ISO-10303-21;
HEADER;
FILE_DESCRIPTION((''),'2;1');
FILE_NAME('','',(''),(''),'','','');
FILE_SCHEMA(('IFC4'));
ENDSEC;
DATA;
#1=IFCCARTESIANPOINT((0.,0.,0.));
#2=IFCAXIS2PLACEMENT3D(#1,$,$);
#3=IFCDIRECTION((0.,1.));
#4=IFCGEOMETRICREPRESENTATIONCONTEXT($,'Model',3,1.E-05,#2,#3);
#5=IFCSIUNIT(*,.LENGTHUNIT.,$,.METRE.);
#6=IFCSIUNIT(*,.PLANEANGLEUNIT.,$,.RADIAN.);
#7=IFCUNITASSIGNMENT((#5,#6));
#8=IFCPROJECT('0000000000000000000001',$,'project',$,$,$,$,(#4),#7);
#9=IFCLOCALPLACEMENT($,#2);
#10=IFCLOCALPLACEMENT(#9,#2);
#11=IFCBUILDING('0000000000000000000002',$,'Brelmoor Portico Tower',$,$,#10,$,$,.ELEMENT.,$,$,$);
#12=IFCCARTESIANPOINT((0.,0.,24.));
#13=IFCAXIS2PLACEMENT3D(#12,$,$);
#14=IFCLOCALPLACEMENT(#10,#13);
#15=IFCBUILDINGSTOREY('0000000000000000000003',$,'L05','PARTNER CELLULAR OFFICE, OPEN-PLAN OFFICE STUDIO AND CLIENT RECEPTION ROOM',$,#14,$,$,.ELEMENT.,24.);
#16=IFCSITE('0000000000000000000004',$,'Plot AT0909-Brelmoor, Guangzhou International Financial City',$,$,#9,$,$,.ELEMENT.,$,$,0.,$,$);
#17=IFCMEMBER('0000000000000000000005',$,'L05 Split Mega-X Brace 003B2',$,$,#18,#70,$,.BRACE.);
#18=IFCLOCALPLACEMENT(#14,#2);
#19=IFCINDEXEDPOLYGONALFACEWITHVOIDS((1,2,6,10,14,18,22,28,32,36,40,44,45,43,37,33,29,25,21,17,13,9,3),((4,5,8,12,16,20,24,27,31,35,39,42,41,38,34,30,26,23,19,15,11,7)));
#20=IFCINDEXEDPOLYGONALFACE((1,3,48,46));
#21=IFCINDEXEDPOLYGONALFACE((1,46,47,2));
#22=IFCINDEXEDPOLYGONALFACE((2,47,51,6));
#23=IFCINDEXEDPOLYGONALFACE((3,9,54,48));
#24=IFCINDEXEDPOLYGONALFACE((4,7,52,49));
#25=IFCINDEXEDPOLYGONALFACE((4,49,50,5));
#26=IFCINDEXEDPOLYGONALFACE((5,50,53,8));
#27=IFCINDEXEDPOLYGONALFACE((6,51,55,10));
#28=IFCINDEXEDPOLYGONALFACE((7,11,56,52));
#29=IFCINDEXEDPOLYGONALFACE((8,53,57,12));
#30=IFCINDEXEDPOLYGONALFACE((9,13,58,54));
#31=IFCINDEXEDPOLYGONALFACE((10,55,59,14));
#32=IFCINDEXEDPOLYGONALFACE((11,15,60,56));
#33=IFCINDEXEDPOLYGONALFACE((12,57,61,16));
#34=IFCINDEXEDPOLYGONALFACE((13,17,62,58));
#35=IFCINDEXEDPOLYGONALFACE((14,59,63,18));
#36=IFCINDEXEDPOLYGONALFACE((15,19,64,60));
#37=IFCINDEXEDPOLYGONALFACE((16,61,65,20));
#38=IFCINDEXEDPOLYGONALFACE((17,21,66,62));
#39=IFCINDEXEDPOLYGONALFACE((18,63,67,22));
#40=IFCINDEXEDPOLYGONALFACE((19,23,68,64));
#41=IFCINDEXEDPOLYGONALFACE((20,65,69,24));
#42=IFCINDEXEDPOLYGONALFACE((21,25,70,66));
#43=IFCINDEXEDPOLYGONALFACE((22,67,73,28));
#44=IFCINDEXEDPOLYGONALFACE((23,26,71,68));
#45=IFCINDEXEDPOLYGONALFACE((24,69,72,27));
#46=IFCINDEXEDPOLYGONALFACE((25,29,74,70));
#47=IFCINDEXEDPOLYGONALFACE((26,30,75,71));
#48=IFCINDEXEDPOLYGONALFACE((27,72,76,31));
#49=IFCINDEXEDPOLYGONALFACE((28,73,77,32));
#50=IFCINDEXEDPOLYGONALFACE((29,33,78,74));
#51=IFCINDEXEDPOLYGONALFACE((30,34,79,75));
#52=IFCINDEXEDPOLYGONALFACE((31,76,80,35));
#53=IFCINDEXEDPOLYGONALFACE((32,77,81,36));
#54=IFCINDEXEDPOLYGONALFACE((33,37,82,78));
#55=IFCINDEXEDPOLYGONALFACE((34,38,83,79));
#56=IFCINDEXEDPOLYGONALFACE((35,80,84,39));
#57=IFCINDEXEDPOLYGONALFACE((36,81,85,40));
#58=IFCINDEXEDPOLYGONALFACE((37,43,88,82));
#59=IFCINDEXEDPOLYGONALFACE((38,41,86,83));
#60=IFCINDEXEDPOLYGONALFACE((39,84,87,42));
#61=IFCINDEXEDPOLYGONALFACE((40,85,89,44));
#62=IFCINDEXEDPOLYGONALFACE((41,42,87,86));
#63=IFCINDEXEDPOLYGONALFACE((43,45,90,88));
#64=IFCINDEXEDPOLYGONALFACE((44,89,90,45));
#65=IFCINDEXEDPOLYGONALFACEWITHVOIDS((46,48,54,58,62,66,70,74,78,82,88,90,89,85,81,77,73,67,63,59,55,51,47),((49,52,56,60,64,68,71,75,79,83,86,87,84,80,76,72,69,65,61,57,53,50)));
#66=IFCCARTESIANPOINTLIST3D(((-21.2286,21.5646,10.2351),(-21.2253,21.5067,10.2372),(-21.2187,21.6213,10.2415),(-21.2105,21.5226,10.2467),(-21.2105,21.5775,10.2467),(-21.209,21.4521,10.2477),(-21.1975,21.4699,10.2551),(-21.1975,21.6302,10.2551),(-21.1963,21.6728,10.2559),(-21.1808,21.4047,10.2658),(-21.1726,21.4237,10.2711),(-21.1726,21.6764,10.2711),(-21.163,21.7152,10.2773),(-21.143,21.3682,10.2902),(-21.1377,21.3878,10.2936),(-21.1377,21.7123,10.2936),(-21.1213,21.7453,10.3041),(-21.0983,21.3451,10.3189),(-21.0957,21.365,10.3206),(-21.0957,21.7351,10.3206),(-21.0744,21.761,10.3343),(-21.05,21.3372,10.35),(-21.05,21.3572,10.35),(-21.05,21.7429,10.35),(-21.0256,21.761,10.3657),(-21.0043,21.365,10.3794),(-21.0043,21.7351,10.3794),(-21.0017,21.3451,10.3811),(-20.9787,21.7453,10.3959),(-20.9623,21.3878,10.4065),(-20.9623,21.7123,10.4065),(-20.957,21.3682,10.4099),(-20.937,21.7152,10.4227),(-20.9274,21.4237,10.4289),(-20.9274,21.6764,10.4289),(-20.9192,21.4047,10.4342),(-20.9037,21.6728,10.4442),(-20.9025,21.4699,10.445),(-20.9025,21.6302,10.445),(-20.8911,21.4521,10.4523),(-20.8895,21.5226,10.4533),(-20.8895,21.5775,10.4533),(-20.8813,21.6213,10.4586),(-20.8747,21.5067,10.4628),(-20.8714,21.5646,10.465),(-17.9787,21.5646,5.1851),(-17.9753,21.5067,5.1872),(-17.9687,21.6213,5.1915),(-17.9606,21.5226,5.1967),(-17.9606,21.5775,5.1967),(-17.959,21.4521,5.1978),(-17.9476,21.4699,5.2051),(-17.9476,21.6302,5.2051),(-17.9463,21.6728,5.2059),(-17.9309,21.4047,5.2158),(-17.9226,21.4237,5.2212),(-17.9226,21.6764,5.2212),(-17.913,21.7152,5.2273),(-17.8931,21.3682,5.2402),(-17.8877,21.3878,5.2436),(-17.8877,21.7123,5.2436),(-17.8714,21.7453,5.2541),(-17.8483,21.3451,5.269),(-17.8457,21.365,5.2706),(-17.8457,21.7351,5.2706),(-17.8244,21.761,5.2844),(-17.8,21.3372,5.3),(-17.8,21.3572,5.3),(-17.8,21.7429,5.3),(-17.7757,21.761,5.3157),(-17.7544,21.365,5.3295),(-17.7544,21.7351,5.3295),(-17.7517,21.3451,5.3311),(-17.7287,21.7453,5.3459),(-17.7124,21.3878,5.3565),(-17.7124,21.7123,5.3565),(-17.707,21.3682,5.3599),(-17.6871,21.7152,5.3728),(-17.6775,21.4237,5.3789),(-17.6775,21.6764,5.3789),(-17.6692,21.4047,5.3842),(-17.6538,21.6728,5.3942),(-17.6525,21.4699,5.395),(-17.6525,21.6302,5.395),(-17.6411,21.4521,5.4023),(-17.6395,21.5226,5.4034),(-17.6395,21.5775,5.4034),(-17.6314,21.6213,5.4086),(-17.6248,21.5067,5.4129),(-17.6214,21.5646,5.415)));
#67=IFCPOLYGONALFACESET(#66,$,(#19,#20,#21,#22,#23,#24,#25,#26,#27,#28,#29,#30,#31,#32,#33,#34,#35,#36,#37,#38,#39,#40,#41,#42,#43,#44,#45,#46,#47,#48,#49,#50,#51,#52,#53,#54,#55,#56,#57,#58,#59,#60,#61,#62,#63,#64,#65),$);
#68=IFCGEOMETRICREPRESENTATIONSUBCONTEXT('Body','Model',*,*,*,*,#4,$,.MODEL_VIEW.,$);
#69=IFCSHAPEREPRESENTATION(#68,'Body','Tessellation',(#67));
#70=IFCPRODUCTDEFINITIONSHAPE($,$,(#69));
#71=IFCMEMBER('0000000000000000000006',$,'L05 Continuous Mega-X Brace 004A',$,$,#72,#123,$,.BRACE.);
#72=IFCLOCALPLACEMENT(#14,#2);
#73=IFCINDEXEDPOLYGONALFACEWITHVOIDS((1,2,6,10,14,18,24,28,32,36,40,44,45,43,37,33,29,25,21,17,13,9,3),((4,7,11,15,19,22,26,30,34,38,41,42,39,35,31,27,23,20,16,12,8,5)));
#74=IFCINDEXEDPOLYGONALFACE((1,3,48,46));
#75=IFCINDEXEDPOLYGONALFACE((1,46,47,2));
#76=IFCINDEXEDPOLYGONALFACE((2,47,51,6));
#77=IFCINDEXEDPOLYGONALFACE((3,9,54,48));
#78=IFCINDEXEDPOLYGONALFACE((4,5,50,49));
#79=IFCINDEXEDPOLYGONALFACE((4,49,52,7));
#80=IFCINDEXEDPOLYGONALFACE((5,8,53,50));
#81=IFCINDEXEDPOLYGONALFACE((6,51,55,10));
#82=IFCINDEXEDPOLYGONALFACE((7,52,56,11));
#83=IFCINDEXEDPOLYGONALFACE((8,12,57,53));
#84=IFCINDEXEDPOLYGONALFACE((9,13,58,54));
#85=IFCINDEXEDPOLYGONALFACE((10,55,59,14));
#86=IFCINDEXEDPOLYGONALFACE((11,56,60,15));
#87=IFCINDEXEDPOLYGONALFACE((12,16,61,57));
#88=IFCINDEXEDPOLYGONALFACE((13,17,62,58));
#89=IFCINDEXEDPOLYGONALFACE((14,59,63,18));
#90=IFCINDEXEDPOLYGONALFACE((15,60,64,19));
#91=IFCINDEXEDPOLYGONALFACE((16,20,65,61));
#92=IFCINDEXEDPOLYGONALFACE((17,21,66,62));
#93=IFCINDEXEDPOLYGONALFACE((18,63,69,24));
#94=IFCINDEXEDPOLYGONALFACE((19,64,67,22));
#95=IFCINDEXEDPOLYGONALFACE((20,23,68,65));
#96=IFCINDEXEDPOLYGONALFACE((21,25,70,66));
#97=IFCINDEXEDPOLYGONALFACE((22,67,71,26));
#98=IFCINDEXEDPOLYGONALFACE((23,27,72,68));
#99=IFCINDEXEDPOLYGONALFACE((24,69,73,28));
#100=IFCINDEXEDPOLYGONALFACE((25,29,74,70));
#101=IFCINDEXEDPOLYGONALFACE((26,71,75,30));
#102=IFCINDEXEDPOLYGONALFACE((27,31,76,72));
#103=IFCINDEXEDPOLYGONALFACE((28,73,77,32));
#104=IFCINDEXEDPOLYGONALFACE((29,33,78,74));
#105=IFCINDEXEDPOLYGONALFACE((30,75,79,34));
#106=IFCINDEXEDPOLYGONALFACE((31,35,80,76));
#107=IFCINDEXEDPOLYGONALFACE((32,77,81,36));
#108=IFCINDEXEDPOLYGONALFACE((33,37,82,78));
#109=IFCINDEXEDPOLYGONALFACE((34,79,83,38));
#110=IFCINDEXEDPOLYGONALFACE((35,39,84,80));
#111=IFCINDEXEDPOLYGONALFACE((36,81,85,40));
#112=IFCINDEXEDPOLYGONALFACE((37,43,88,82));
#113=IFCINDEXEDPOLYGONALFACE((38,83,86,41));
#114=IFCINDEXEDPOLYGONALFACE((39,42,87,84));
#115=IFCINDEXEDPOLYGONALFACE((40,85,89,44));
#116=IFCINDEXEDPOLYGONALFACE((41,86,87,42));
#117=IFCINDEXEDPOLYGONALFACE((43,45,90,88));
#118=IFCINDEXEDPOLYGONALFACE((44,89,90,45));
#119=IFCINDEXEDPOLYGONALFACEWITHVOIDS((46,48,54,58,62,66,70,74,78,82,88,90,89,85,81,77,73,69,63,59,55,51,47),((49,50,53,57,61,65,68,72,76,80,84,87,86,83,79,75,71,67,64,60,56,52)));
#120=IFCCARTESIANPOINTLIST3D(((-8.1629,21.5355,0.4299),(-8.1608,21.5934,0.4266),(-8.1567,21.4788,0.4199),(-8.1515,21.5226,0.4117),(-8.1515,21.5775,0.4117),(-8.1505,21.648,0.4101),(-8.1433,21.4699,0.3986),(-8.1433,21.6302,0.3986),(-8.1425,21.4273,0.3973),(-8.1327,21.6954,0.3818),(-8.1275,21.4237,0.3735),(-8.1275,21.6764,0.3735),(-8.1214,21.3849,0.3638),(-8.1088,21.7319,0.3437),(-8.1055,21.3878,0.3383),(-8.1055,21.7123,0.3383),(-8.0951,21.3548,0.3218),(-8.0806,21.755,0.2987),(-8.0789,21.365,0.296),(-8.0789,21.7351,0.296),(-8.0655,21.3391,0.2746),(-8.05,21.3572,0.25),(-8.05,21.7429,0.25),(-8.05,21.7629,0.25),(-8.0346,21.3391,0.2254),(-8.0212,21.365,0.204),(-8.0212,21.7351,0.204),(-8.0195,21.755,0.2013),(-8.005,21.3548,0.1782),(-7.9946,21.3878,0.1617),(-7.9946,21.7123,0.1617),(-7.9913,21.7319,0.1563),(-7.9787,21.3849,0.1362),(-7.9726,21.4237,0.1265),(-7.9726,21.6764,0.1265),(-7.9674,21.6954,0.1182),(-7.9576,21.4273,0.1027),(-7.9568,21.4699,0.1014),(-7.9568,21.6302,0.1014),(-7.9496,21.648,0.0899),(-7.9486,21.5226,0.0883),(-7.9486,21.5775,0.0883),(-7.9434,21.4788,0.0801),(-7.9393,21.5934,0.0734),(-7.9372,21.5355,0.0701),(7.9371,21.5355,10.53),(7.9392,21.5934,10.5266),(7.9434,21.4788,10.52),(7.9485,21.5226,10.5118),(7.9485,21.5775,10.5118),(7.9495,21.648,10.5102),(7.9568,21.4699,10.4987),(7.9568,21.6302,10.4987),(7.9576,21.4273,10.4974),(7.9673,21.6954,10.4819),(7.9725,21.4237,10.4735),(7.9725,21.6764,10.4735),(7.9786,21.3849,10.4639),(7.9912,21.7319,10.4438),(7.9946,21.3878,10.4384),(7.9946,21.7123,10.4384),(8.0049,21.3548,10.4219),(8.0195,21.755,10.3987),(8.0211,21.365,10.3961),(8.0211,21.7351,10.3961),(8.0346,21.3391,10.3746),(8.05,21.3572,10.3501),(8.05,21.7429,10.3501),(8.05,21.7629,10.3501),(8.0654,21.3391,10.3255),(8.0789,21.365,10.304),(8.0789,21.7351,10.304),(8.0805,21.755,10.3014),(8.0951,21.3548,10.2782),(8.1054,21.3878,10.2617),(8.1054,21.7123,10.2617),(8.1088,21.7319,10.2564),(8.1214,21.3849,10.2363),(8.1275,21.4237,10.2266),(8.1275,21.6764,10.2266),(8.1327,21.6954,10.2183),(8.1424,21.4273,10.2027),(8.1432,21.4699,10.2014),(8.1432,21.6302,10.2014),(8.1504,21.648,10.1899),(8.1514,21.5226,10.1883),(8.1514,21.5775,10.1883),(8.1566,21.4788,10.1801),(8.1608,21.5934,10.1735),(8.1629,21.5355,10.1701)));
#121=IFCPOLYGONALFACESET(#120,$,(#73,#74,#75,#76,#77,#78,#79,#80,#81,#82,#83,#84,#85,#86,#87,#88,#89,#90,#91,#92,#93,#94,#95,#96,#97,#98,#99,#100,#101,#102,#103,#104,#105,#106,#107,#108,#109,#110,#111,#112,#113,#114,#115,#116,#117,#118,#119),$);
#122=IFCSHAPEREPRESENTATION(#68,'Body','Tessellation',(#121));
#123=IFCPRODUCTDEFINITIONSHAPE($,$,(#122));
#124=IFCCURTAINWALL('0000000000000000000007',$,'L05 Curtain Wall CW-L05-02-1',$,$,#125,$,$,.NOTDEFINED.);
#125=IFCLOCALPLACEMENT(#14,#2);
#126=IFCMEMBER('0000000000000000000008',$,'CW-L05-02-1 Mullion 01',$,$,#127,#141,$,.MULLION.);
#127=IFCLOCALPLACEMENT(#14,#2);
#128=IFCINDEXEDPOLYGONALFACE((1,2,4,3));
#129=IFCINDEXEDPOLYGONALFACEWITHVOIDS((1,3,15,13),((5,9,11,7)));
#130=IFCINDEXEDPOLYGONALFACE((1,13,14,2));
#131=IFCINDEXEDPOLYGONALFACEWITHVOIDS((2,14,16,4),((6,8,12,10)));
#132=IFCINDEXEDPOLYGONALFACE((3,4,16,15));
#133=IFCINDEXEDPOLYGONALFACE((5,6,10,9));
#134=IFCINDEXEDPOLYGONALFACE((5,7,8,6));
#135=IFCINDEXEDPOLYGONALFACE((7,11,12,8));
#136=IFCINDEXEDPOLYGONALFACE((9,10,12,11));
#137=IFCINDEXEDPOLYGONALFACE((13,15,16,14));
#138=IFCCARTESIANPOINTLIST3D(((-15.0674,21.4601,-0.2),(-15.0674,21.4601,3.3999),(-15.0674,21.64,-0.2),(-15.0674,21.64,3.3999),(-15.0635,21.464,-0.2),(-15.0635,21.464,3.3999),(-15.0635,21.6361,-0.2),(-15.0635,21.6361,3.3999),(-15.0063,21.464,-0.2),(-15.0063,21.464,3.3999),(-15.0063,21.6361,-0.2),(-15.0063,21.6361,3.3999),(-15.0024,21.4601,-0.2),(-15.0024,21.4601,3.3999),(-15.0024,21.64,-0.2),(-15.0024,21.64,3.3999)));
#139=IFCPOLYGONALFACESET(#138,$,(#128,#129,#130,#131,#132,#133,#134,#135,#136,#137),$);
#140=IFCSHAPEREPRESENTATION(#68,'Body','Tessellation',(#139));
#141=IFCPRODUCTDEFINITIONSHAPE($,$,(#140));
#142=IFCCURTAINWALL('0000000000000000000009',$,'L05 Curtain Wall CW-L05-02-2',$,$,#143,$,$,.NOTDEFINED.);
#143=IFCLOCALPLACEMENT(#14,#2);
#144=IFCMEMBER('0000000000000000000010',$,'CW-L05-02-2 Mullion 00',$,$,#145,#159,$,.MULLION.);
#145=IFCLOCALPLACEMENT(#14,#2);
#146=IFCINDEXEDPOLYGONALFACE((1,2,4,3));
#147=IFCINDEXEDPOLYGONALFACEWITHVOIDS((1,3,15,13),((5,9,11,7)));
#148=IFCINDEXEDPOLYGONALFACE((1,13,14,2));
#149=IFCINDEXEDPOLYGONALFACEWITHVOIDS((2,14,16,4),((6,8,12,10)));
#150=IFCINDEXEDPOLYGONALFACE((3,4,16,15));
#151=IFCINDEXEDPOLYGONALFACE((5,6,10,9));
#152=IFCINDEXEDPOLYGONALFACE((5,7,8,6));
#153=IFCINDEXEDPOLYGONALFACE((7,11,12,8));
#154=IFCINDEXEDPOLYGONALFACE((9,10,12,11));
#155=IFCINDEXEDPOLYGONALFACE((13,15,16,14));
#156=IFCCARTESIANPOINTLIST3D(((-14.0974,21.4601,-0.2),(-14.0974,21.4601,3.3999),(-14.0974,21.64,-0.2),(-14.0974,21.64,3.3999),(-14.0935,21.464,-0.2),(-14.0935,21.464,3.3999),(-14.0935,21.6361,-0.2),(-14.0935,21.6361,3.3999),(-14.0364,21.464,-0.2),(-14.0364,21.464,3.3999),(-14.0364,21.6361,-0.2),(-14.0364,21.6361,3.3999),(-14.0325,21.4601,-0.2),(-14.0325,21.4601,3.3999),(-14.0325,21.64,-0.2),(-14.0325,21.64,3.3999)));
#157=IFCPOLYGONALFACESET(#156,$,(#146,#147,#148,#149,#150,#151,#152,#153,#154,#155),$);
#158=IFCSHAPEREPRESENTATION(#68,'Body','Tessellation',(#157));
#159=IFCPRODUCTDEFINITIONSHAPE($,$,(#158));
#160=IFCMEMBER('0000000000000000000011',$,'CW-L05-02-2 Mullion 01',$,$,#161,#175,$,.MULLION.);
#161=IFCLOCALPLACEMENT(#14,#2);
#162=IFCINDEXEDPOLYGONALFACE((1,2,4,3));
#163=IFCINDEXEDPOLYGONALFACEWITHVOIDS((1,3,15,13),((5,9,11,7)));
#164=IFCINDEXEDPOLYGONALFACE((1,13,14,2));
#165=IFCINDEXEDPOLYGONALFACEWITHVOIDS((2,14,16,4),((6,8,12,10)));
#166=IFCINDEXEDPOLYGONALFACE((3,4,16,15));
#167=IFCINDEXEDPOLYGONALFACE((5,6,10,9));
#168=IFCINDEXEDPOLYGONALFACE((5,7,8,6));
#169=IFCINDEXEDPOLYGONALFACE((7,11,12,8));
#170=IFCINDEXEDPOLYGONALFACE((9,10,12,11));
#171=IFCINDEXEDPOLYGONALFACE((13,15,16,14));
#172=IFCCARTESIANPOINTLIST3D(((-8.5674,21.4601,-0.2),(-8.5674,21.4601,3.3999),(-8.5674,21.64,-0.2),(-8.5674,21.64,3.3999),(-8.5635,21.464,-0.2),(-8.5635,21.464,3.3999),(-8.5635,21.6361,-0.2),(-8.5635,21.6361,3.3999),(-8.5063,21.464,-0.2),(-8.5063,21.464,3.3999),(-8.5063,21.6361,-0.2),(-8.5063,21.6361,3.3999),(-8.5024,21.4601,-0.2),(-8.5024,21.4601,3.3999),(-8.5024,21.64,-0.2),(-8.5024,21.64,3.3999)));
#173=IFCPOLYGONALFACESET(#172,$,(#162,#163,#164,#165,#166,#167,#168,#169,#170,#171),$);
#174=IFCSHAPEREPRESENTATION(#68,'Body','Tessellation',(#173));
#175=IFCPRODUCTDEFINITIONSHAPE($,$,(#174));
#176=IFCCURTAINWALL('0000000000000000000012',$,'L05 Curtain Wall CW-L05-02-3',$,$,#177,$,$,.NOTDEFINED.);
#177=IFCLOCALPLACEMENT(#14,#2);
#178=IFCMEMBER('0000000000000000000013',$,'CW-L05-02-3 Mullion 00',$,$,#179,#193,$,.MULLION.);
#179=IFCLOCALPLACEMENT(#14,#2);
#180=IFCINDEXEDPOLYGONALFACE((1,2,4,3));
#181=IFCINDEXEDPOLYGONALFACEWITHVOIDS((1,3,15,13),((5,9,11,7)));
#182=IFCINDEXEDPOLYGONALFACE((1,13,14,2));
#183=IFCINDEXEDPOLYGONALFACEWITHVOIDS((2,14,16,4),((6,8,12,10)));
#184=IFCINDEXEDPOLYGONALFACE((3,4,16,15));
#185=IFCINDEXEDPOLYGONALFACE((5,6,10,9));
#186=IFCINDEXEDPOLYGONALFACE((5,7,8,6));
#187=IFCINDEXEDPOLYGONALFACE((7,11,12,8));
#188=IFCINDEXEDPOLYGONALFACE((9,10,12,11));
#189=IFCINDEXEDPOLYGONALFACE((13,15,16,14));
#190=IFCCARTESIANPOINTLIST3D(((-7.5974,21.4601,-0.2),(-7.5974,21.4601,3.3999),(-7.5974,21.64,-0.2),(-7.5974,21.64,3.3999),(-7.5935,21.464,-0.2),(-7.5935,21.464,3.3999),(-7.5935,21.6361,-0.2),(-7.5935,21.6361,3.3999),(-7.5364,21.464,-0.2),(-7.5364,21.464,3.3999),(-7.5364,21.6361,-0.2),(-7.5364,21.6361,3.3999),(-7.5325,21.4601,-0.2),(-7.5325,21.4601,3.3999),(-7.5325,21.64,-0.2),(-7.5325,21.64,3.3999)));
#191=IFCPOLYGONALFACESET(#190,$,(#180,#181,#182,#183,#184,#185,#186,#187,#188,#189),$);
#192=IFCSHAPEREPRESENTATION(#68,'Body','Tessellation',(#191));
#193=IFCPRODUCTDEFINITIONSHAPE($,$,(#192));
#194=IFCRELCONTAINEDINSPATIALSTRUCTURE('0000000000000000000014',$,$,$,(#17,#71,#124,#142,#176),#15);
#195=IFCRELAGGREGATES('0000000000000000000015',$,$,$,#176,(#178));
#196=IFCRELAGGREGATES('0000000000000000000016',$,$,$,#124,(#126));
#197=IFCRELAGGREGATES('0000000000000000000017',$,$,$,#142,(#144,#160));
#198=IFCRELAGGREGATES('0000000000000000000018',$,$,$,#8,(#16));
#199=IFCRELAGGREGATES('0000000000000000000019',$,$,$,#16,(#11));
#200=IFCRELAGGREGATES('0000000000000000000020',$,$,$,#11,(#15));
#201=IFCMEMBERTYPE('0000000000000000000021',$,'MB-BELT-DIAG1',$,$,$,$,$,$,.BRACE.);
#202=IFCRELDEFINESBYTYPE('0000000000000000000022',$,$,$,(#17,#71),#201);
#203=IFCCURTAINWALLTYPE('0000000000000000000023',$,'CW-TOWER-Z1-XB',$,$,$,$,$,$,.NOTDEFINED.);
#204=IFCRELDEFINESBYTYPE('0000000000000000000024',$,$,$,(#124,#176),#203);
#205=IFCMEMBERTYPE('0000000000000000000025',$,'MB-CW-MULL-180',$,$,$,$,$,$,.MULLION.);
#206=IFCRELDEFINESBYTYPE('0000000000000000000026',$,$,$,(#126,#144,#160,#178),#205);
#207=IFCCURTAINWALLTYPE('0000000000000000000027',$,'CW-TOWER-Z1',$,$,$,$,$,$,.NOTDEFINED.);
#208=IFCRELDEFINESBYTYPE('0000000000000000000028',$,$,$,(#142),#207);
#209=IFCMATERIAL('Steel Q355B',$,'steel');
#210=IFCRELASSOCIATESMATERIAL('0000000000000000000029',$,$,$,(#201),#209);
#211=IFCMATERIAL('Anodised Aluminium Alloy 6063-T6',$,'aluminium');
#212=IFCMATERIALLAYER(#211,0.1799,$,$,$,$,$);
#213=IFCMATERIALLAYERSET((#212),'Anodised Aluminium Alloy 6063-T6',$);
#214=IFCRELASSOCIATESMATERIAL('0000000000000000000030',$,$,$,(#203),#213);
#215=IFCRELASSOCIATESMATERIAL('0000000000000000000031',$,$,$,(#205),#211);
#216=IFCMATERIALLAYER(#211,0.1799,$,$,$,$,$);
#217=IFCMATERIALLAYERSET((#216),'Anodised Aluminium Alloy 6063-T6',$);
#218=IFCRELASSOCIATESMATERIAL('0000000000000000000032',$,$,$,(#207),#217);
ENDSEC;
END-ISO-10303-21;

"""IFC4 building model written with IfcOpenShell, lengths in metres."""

from ifc_helpers import new_model, si_unit, direction, frame, origin, origin_2d, place, context, subcontext, project, spatial, hollow_rectangle, hollow_circle, extrude, material, layer, layer_set, material_profile, profile_set, type_object, element, aggregate, save


model = new_model("IFC4")

# Units and contexts
model_context = context("Model", 3, precision=1e-05, world=origin(), true_north=direction((0.0, 1.0)))
body_context = subcontext(model_context, "Body", "Model", "MODEL_VIEW")
ifc_project = project(units=[si_unit("LENGTHUNIT", "METRE"), si_unit("PLANEANGLEUNIT", "RADIAN")], contexts=[model_context])

# Site, building, storey
site_placement = place(None, origin())
site = spatial("IfcSite", under=ifc_project, at=site_placement, Name="Plot AT0909-Brelmoor, Guangzhou International Financial City", CompositionType="ELEMENT", RefElevation=0.0)
building_placement = place(site_placement, origin())
building = spatial("IfcBuilding", under=site, at=building_placement, Name="Brelmoor Portico Tower", CompositionType="ELEMENT")
storey_placement = place(building_placement, frame((0.0, 0.0, 24.0)))
storey = spatial("IfcBuildingStorey", under=building, at=storey_placement, Name="L05", Description="PARTNER CELLULAR OFFICE, OPEN-PLAN OFFICE STUDIO AND CLIENT RECEPTION ROOM", CompositionType="ELEMENT", Elevation=24.0)

# Shared definitions
ifc_material_1 = material(Name="Steel Q355B", Category="steel")

# Members
ifc_material_profile_1 = material_profile(ifc_material_1, hollow_circle(Radius=0.2129, WallThickness=0.02, at=origin_2d()), Name="CHS 426x20")
ifc_profile_set_1 = profile_set([ifc_material_profile_1], Name="Steel Q355B")
member_type_1 = type_object("IfcMemberType", Name="MB-BELT-DIAG1", PredefinedType="BRACE", material=ifc_profile_set_1)
for number, where, z_axis, x_axis, name in (
    (1, (-17.8, 21.55, 5.3), (-0.541175, 0.0, 0.84091), (0.0, -1.0, 0.0), "L05 Split Mega-X Brace 003B2"),
):
    element("IfcMember", number, at=place(storey_placement, frame(where, z_axis=z_axis, x_axis=x_axis)), inside=storey, type_object=member_type_1, Name=name, PredefinedType="BRACE", context=body_context, shape_type="SweptSolid", body=[
        extrude(hollow_circle(Radius=0.2129, WallThickness=0.02, at=origin_2d()), origin(), (0.0, 0.0, 1.0), 6.0054),
    ])
member_1_placement = place(storey_placement, frame((-8.05, 21.55, 0.25), z_axis=(0.847109, 0.0, 0.531418), x_axis=(0.0, 1.0, 0.0)))
element("IfcMember", 2, at=member_1_placement, inside=storey, type_object=member_type_1, Name="L05 Continuous Mega-X Brace 004A", PredefinedType="BRACE", context=body_context, shape_type="SweptSolid", body=[
    extrude(hollow_circle(Radius=0.2129, WallThickness=0.02, at=origin_2d()), origin(), (0.0, 0.0, 1.0), 19.0059),
])

# Curtain wall, member
ifc_material_2 = material(Name="Anodised Aluminium Alloy 6063-T6", Category="aluminium")
ifc_layer_1 = layer(ifc_material_2, 0.1799)
ifc_layer_set_1 = layer_set([ifc_layer_1], Name="Anodised Aluminium Alloy 6063-T6")
curtain_wall_type_1 = type_object("IfcCurtainWallType", Name="CW-TOWER-Z1-XB", PredefinedType="NOTDEFINED", material=ifc_layer_set_1)
curtain_wall_1_placement = place(storey_placement, origin())
curtain_wall_1 = element("IfcCurtainWall", 3, at=curtain_wall_1_placement, inside=storey, type_object=curtain_wall_type_1, Name="L05 Curtain Wall CW-L05-02-1", PredefinedType="NOTDEFINED")
ifc_material_profile_2 = material_profile(ifc_material_2, hollow_rectangle(XDim=0.0649, YDim=0.1799, WallThickness=0.0039, at=origin_2d()), Name="ALU MULLION 65x180")
ifc_profile_set_2 = profile_set([ifc_material_profile_2], Name="Anodised Aluminium Alloy 6063-T6")
member_type_2 = type_object("IfcMemberType", Name="MB-CW-MULL-180", PredefinedType="MULLION", material=ifc_profile_set_2)
member_2_placement = place(storey_placement, frame((-15.0349, 21.55, -0.2), z_axis=(0.0, 0.0, 1.0), x_axis=(1.0, 0.0, 0.0)))
member_2 = element("IfcMember", 4, at=member_2_placement, type_object=member_type_2, Name="CW-L05-02-1 Mullion 01", PredefinedType="MULLION", context=body_context, shape_type="SweptSolid", body=[
    extrude(hollow_rectangle(XDim=0.0649, YDim=0.1799, WallThickness=0.0039, at=origin_2d()), origin(), (0.0, 0.0, 1.0), 3.5999),
])

# Curtain wall, members
ifc_layer_2 = layer(ifc_material_2, 0.1799)
ifc_layer_set_2 = layer_set([ifc_layer_2], Name="Anodised Aluminium Alloy 6063-T6")
curtain_wall_type_2 = type_object("IfcCurtainWallType", Name="CW-TOWER-Z1", PredefinedType="NOTDEFINED", material=ifc_layer_set_2)
curtain_wall_2_placement = place(storey_placement, origin())
curtain_wall_2 = element("IfcCurtainWall", 5, at=curtain_wall_2_placement, inside=storey, type_object=curtain_wall_type_2, Name="L05 Curtain Wall CW-L05-02-2", PredefinedType="NOTDEFINED")
member_3_placement = place(storey_placement, frame((-14.0649, 21.55, -0.2), z_axis=(0.0, 0.0, 1.0), x_axis=(1.0, 0.0, 0.0)))
member_3 = element("IfcMember", 6, at=member_3_placement, type_object=member_type_2, Name="CW-L05-02-2 Mullion 00", PredefinedType="MULLION", context=body_context, shape_type="SweptSolid", body=[
    extrude(hollow_rectangle(XDim=0.0649, YDim=0.1799, WallThickness=0.0039, at=origin_2d()), origin(), (0.0, 0.0, 1.0), 3.5999),
])
member_4_placement = place(storey_placement, frame((-8.5349, 21.55, -0.2), z_axis=(0.0, 0.0, 1.0), x_axis=(1.0, 0.0, 0.0)))
member_4 = element("IfcMember", 7, at=member_4_placement, type_object=member_type_2, Name="CW-L05-02-2 Mullion 01", PredefinedType="MULLION", context=body_context, shape_type="SweptSolid", body=[
    extrude(hollow_rectangle(XDim=0.0649, YDim=0.1799, WallThickness=0.0039, at=origin_2d()), origin(), (0.0, 0.0, 1.0), 3.5999),
])

# Curtain wall, member
curtain_wall_3_placement = place(storey_placement, origin())
curtain_wall_3 = element("IfcCurtainWall", 8, at=curtain_wall_3_placement, inside=storey, type_object=curtain_wall_type_1, Name="L05 Curtain Wall CW-L05-02-3", PredefinedType="NOTDEFINED")
member_5_placement = place(storey_placement, frame((-7.5649, 21.55, -0.2), z_axis=(0.0, 0.0, 1.0), x_axis=(1.0, 0.0, 0.0)))
member_5 = element("IfcMember", 9, at=member_5_placement, type_object=member_type_2, Name="CW-L05-02-3 Mullion 00", PredefinedType="MULLION", context=body_context, shape_type="SweptSolid", body=[
    extrude(hollow_rectangle(XDim=0.0649, YDim=0.1799, WallThickness=0.0039, at=origin_2d()), origin(), (0.0, 0.0, 1.0), 3.5999),
])

aggregate(curtain_wall_3, [member_5])

aggregate(curtain_wall_1, [member_2])
aggregate(curtain_wall_2, [member_3, member_4])

save(model, "model.ifc")
